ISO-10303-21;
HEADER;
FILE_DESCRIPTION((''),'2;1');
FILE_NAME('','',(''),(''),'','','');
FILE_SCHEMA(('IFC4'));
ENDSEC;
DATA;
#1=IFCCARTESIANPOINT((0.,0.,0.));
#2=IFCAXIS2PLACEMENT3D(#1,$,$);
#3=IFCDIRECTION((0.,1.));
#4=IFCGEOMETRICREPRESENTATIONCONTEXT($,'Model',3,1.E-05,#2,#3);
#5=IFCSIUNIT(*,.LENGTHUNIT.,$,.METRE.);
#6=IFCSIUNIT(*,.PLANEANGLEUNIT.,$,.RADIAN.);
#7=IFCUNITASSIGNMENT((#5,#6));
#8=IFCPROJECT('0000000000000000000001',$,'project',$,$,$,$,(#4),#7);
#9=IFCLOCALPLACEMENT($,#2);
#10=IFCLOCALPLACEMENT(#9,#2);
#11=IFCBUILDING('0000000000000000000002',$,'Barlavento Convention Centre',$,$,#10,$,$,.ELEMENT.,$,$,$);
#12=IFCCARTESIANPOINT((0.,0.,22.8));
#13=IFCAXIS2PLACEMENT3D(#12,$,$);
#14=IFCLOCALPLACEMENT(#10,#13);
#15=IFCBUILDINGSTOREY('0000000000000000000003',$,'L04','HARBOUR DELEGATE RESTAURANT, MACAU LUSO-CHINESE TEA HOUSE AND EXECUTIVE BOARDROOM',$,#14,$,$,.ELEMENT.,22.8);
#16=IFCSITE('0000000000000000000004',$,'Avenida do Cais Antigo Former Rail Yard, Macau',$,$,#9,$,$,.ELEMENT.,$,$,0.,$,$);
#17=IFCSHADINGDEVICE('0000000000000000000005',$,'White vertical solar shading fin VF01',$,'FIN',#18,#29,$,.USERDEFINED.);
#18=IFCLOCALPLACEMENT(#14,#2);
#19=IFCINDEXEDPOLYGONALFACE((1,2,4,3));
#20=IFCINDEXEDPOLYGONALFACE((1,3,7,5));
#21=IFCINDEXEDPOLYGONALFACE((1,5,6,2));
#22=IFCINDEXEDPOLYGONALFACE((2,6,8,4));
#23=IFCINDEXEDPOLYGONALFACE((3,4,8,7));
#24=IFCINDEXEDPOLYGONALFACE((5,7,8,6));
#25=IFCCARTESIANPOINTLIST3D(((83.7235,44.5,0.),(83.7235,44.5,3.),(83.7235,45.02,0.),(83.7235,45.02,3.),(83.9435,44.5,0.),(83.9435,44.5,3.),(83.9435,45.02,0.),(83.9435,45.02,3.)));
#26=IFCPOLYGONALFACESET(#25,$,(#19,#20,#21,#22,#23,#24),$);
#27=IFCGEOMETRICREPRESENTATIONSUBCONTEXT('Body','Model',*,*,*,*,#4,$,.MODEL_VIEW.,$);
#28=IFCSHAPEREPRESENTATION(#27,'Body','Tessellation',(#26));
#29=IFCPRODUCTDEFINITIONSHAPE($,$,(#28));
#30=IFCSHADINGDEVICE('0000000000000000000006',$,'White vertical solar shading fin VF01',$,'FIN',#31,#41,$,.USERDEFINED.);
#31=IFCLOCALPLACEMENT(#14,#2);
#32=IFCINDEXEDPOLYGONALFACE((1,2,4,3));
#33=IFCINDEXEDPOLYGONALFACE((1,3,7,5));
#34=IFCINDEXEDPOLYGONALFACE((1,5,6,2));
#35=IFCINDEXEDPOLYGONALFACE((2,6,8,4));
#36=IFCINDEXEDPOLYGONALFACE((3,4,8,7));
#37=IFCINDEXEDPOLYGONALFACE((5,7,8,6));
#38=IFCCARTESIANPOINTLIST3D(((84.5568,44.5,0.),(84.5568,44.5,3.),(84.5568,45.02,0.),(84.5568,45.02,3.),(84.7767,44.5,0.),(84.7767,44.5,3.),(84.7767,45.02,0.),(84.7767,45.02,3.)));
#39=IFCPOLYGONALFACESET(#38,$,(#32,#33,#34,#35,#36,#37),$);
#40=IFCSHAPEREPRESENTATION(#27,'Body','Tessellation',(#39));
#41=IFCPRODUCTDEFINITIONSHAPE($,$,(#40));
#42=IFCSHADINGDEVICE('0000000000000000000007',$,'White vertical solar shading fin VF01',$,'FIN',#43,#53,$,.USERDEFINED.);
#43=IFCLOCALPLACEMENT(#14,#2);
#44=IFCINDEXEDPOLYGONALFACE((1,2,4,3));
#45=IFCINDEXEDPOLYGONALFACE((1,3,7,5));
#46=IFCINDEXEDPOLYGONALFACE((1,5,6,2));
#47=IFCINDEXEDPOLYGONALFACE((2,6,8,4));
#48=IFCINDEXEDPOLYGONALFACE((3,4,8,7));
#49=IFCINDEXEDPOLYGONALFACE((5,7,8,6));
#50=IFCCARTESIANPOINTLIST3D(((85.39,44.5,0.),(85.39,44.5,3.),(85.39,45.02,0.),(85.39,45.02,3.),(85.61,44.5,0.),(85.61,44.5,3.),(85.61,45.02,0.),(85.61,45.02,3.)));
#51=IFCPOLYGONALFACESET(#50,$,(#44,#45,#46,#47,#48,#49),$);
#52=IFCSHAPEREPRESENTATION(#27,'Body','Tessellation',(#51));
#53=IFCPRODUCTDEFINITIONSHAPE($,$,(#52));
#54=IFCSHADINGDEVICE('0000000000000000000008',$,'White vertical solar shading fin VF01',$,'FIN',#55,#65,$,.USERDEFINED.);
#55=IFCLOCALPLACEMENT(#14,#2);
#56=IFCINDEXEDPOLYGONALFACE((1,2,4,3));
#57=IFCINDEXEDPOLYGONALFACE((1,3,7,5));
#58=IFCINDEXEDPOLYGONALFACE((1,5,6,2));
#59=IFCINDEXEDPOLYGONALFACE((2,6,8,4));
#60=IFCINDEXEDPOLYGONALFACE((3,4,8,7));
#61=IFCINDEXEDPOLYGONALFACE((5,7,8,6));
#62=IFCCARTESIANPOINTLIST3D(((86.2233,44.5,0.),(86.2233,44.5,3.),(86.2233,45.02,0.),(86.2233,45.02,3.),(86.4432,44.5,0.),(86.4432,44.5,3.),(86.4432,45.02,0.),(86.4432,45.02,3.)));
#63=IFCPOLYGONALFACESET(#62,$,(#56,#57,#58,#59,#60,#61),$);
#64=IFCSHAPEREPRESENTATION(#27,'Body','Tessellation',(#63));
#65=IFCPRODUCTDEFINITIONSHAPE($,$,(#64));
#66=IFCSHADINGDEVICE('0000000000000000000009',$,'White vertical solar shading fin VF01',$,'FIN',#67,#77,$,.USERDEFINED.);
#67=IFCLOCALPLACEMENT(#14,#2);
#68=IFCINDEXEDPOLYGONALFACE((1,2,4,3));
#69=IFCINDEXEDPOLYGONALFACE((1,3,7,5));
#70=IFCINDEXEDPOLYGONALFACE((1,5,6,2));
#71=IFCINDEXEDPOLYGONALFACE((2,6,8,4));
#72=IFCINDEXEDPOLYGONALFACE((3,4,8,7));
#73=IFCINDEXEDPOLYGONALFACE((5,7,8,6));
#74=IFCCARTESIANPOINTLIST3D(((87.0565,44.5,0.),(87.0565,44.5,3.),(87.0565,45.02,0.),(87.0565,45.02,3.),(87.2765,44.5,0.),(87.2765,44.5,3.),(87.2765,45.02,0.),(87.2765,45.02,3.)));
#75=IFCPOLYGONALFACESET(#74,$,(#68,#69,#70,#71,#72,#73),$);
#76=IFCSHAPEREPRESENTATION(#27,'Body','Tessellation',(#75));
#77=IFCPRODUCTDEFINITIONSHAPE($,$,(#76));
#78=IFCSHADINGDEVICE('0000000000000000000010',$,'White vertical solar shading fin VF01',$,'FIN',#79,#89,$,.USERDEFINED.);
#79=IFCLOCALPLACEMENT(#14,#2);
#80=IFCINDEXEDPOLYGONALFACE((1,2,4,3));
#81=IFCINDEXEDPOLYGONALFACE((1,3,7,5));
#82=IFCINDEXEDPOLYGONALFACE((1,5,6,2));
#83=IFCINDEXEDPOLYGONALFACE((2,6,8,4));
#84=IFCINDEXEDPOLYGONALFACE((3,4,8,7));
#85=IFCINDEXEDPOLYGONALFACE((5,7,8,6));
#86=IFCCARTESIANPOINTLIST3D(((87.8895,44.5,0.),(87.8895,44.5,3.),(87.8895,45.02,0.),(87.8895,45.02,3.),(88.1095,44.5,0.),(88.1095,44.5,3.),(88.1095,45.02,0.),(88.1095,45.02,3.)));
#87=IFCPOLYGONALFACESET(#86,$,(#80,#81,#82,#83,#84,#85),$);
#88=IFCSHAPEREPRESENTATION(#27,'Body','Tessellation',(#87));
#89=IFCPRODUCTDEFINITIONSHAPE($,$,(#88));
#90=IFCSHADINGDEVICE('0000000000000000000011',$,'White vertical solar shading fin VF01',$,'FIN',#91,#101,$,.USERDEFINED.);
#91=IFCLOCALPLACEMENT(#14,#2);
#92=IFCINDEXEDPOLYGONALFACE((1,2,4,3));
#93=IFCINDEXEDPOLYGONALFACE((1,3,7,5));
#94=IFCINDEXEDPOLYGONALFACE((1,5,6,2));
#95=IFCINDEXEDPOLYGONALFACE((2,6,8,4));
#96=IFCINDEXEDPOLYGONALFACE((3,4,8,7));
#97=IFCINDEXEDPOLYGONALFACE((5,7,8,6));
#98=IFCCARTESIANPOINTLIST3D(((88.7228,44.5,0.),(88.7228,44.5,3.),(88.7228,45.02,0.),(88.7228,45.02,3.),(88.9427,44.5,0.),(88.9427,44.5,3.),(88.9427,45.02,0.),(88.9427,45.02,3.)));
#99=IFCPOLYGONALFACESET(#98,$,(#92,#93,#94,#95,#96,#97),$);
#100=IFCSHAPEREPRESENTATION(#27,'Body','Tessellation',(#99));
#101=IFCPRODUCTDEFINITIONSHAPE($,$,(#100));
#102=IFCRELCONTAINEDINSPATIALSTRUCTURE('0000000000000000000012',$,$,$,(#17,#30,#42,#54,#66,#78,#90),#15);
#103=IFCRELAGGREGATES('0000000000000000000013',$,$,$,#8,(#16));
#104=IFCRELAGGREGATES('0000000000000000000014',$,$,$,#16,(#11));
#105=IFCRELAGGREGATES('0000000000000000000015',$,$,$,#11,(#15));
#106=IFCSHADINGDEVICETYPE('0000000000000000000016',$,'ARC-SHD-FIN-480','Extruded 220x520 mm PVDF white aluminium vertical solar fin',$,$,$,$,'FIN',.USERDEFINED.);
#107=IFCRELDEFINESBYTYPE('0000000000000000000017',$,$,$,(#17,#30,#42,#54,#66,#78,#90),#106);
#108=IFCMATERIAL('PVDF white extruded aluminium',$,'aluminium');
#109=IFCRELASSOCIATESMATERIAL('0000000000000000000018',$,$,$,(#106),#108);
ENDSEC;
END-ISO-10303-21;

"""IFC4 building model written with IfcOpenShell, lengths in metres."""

from ifc_helpers import new_model, si_unit, direction, frame, origin, origin_2d, place, context, subcontext, project, spatial, rectangle, extrude, material, type_object, element, save


model = new_model("IFC4")

# Units and contexts
model_context = context("Model", 3, precision=1e-05, world=origin(), true_north=direction((0.0, 1.0)))
body_context = subcontext(model_context, "Body", "Model", "MODEL_VIEW")
ifc_project = project(units=[si_unit("LENGTHUNIT", "METRE"), si_unit("PLANEANGLEUNIT", "RADIAN")], contexts=[model_context])

# Site, building, storey
site_placement = place(None, origin())
site = spatial("IfcSite", under=ifc_project, at=site_placement, Name="Avenida do Cais Antigo Former Rail Yard, Macau", CompositionType="ELEMENT", RefElevation=0.0)
building_placement = place(site_placement, origin())
building = spatial("IfcBuilding", under=site, at=building_placement, Name="Barlavento Convention Centre", CompositionType="ELEMENT")
storey_placement = place(building_placement, frame((0.0, 0.0, 22.8)))
storey = spatial("IfcBuildingStorey", under=building, at=storey_placement, Name="L04", Description="HARBOUR DELEGATE RESTAURANT, MACAU LUSO-CHINESE TEA HOUSE AND EXECUTIVE BOARDROOM", CompositionType="ELEMENT", Elevation=22.8)

# Shading devices
ifc_material_1 = material(Name="PVDF white extruded aluminium", Category="aluminium")
shading_device_type = type_object("IfcShadingDeviceType", Name="ARC-SHD-FIN-480", Description="Extruded 220x520 mm PVDF white aluminium vertical solar fin", ElementType="FIN", PredefinedType="USERDEFINED", material=ifc_material_1)
for number, where, z_axis, x_axis, name in (
    (1, (83.8335, 44.76, 0.0), (0.0, 0.0, 1.0), (1.0, 0.0, 0.0), "White vertical solar shading fin VF01"),
    (2, (84.6667, 44.76, 0.0), (0.0, 0.0, 1.0), (1.0, 0.0, 0.0), "White vertical solar shading fin VF01"),
    (3, (85.5, 44.76, 0.0), (0.0, 0.0, 1.0), (1.0, 0.0, 0.0), "White vertical solar shading fin VF01"),
    (4, (86.3333, 44.76, 0.0), (0.0, 0.0, 1.0), (1.0, 0.0, 0.0), "White vertical solar shading fin VF01"),
    (5, (87.1665, 44.76, 0.0), (0.0, 0.0, 1.0), (1.0, 0.0, 0.0), "White vertical solar shading fin VF01"),
    (6, (87.9995, 44.76, 0.0), (0.0, 0.0, 1.0), (1.0, 0.0, 0.0), "White vertical solar shading fin VF01"),
    (7, (88.8328, 44.76, 0.0), (0.0, 0.0, 1.0), (1.0, 0.0, 0.0), "White vertical solar shading fin VF01"),
):
    element("IfcShadingDevice", number, at=place(storey_placement, frame(where, z_axis=z_axis, x_axis=x_axis)), inside=storey, type_object=shading_device_type, Name=name, ObjectType="FIN", PredefinedType="USERDEFINED", context=body_context, shape_type="SweptSolid", body=[
        extrude(rectangle(XDim=0.22, YDim=0.52, at=origin_2d()), origin(), (0.0, 0.0, 1.0), 3.0),
    ])

save(model, "model.ifc")
